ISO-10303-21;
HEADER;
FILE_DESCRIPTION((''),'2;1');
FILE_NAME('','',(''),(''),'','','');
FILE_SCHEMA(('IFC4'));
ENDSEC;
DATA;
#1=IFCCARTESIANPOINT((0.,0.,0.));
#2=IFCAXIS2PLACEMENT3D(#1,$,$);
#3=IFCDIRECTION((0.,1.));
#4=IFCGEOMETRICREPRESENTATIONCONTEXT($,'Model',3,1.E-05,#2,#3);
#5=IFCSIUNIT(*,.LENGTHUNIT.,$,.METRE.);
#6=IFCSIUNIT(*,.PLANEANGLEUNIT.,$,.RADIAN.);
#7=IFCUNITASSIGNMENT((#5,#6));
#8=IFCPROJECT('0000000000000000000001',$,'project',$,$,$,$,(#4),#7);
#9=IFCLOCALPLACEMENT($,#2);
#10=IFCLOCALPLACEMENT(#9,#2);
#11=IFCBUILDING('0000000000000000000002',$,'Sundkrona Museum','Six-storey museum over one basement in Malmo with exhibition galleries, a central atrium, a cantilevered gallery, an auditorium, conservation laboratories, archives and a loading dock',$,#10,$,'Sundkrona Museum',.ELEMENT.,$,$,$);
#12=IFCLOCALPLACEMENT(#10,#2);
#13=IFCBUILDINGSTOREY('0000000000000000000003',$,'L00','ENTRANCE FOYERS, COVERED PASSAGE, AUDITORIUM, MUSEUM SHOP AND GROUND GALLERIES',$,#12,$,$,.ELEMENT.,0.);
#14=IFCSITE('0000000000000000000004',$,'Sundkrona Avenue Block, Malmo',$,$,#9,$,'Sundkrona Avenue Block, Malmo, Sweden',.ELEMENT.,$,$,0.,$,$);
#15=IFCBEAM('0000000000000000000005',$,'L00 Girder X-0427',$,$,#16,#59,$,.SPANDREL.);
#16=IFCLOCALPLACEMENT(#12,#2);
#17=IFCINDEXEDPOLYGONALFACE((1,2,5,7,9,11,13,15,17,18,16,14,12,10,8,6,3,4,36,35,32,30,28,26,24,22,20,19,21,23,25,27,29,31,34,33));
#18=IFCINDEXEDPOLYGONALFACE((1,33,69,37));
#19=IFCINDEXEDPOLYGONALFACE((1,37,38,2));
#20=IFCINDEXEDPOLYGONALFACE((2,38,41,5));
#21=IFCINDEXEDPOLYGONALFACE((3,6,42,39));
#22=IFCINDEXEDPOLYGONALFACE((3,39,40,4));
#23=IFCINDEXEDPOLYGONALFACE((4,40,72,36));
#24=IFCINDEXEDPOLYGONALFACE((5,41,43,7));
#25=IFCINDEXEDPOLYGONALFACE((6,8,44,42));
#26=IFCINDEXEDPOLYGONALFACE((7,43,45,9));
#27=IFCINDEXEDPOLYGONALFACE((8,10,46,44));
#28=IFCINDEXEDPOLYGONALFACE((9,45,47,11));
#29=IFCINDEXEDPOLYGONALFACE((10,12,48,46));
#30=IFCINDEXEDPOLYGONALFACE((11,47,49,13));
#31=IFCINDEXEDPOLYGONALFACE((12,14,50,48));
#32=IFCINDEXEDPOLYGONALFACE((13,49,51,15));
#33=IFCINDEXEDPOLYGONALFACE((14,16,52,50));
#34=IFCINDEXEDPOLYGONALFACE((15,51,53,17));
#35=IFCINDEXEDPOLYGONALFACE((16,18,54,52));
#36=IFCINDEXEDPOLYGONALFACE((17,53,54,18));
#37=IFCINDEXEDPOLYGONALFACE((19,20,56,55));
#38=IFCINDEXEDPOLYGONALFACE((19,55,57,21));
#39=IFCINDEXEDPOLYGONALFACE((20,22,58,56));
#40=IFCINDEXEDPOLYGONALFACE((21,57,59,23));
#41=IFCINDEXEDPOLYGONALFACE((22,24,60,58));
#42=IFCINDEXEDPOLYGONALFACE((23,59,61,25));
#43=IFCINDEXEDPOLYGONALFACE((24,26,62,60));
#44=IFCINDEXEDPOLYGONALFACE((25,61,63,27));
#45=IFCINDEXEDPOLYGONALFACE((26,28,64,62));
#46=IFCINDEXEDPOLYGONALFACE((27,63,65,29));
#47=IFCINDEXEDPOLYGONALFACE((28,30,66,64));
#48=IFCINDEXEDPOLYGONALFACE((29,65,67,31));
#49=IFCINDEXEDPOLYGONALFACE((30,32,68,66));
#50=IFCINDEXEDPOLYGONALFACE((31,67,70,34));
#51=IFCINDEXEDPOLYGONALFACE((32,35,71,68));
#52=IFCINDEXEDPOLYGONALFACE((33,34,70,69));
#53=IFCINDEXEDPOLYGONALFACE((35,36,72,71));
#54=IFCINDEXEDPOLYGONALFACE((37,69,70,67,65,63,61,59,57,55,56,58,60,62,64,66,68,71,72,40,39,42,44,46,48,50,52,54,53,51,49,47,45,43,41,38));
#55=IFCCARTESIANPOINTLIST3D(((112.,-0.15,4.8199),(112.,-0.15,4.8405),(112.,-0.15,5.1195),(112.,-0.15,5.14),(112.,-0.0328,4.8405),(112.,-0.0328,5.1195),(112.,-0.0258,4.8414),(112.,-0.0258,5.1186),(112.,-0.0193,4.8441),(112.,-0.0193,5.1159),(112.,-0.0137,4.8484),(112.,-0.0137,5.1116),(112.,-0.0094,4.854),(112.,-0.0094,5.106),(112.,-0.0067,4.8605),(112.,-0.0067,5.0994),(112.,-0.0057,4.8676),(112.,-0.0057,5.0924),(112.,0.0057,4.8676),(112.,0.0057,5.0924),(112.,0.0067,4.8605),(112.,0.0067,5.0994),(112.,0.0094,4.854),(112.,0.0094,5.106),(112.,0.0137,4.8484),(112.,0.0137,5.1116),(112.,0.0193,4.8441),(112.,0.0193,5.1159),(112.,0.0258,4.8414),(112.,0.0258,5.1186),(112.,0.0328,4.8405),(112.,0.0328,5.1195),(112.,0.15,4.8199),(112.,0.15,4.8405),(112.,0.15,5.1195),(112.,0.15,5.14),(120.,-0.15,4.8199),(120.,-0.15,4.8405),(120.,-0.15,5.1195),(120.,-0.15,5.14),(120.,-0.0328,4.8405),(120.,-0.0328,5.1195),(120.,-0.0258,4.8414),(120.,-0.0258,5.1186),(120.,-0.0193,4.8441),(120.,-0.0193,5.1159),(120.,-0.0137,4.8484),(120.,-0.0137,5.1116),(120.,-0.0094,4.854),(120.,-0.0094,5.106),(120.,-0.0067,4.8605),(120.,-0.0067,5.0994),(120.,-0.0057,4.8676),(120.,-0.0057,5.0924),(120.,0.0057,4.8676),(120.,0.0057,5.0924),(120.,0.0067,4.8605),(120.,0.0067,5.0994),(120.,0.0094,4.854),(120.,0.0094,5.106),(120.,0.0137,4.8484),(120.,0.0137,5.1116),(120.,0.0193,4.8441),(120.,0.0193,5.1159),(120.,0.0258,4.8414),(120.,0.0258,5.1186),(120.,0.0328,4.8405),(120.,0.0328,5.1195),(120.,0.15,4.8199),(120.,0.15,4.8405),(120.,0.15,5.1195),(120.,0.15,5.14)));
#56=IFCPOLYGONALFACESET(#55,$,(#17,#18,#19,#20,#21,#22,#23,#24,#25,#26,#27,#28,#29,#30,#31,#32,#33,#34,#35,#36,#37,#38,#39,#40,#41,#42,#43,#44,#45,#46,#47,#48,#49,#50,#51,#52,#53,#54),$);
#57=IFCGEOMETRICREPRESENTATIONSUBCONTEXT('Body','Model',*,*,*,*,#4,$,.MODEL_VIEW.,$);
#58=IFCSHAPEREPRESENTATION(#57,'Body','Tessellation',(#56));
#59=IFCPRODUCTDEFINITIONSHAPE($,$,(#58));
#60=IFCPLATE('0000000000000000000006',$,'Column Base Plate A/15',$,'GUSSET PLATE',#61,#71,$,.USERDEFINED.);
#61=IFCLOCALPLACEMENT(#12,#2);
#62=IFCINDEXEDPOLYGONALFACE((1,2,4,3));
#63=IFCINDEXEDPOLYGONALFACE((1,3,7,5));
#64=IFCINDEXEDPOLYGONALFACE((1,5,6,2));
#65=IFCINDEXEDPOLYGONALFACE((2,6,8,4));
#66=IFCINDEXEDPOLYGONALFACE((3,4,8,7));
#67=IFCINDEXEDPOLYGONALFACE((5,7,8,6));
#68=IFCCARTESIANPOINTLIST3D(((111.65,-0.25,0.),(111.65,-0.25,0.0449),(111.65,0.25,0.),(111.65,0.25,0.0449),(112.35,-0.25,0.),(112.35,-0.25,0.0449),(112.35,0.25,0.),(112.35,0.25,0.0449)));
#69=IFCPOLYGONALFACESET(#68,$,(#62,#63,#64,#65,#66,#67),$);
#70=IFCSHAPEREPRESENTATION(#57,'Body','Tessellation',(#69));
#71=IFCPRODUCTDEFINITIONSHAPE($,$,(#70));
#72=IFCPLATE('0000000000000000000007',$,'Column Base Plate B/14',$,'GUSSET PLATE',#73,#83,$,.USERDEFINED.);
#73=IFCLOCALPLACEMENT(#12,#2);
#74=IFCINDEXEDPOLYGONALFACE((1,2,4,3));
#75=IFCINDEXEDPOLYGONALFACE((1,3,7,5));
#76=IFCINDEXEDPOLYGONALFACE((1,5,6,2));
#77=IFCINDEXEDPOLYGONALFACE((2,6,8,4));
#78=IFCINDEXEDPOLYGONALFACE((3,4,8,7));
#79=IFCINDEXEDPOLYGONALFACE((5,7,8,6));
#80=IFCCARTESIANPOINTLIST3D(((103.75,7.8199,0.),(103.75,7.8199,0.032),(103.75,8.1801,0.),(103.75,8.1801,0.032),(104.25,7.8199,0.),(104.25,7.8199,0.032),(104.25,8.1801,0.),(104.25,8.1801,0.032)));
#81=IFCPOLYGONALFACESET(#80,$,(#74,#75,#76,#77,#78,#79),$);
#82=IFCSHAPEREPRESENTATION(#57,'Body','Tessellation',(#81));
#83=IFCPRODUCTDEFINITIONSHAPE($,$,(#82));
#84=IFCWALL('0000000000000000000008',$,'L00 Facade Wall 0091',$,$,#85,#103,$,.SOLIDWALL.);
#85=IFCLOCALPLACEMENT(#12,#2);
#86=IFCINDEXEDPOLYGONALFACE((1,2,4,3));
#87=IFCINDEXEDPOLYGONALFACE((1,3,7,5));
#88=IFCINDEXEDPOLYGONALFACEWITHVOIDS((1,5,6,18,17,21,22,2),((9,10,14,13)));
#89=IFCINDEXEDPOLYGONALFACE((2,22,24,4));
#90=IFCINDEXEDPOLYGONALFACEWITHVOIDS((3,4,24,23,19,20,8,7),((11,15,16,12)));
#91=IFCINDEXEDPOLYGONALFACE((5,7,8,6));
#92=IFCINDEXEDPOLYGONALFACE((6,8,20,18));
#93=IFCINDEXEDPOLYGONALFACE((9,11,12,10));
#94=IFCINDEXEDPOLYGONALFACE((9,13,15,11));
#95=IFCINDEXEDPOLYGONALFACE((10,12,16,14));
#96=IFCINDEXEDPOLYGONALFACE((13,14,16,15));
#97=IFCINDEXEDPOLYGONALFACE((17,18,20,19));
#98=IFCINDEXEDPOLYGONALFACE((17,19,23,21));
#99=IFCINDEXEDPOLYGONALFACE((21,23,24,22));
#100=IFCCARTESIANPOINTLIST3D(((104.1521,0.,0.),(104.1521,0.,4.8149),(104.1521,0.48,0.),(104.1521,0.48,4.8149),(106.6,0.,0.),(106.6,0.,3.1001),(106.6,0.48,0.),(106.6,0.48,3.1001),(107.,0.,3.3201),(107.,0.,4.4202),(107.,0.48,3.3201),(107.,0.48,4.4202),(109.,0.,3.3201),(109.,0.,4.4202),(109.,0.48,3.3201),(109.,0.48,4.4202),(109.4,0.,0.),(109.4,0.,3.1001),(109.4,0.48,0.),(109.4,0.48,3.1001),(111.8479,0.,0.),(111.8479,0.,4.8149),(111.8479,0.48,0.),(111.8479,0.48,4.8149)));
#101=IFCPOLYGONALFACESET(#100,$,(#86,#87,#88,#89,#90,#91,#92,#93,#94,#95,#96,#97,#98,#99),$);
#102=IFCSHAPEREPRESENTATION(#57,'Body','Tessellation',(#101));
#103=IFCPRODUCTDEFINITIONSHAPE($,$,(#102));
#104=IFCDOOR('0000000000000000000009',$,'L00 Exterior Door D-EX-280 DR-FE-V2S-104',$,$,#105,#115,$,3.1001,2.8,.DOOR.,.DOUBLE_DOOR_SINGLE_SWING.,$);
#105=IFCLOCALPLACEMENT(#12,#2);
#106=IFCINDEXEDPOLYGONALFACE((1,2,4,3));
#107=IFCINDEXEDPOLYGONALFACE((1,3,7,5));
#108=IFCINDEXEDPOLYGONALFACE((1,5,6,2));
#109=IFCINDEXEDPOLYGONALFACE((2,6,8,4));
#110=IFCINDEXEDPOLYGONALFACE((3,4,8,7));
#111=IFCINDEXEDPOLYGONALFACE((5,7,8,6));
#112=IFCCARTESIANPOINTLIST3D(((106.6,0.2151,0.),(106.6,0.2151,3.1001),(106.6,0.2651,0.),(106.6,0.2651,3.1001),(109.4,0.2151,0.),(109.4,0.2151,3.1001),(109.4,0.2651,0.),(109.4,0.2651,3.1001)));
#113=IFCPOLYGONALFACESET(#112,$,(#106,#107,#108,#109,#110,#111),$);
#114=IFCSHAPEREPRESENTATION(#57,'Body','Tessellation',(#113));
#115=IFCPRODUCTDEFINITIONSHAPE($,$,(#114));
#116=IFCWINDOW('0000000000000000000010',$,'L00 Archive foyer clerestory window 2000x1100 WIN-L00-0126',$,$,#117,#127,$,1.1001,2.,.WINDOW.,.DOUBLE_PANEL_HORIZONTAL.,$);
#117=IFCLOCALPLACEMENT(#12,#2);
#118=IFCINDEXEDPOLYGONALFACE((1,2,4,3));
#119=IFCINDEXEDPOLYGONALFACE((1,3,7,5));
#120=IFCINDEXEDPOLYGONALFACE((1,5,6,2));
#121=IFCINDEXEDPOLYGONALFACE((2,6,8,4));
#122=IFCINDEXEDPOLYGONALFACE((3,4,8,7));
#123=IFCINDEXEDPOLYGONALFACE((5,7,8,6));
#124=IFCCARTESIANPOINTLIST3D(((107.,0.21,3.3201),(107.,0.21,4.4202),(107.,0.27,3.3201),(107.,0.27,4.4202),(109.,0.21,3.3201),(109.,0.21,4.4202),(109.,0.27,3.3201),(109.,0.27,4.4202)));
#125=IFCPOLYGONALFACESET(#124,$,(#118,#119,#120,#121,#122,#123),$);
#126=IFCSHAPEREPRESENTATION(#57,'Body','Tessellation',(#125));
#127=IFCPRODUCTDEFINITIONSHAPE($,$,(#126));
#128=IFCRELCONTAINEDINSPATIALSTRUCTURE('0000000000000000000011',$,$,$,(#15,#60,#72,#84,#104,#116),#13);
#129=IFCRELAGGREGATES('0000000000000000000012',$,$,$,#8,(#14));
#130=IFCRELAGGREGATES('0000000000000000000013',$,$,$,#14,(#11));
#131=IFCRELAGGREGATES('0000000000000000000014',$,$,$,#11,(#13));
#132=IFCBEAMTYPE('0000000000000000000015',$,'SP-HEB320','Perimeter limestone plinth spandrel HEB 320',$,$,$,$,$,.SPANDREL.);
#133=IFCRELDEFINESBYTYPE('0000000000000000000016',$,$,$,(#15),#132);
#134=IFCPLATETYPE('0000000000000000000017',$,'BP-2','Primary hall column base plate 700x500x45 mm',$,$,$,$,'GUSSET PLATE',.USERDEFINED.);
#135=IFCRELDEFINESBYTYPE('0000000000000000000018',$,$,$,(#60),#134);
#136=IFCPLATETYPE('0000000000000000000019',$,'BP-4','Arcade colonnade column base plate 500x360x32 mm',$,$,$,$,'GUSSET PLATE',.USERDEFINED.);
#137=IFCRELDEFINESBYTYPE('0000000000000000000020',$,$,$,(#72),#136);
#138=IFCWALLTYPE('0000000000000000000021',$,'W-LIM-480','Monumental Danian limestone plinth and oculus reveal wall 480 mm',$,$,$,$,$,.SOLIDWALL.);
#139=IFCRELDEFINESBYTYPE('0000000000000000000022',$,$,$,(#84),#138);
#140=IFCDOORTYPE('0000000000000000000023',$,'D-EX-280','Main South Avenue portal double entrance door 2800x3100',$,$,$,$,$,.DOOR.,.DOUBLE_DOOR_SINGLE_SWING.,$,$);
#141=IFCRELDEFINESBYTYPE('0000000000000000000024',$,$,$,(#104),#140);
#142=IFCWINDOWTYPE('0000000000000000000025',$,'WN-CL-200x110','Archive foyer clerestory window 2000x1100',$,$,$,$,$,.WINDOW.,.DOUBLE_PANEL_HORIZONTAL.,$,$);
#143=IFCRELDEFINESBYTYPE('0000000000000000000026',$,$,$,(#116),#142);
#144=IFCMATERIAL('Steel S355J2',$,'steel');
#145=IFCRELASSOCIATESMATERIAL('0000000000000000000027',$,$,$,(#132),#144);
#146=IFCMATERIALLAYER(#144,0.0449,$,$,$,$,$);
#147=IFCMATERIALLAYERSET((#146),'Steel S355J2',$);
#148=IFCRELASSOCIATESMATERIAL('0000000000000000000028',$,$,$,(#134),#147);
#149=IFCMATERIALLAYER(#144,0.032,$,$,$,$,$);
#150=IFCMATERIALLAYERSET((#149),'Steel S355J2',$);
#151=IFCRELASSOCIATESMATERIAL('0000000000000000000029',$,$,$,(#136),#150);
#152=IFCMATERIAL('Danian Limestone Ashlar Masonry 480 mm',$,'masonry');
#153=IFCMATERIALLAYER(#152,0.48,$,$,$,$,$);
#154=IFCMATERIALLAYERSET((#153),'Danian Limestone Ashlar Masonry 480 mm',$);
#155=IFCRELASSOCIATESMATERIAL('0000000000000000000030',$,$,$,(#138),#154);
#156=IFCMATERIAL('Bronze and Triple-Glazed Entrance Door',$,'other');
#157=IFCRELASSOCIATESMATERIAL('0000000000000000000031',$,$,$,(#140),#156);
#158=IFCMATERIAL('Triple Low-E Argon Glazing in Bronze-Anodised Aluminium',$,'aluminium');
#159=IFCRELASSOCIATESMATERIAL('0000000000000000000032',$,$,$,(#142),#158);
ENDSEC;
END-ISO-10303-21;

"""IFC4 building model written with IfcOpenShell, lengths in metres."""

from ifc_helpers import new_model, si_unit, direction, frame, frame_2d, origin, origin_2d, place, context, subcontext, project, spatial, rectangle, i_section, extrude, material, layer, layer_set, material_profile, profile_set, type_object, element, fill, save


model = new_model("IFC4")

# Units and contexts
model_context = context("Model", 3, precision=1e-05, world=origin(), true_north=direction((0.0, 1.0)))
body_context = subcontext(model_context, "Body", "Model", "MODEL_VIEW")
ifc_project = project(units=[si_unit("LENGTHUNIT", "METRE"), si_unit("PLANEANGLEUNIT", "RADIAN")], contexts=[model_context])

# Site, building, storey
site_placement = place(None, origin())
site = spatial("IfcSite", under=ifc_project, at=site_placement, Name="Sundkrona Avenue Block, Malmo", LongName="Sundkrona Avenue Block, Malmo, Sweden", CompositionType="ELEMENT", RefElevation=0.0)
building_placement = place(site_placement, origin())
building = spatial("IfcBuilding", under=site, at=building_placement, Name="Sundkrona Museum", Description="Six-storey museum over one basement in Malmo with exhibition galleries, a central atrium, a cantilevered gallery, an auditorium, conservation laboratories, archives and a loading dock", LongName="Sundkrona Museum", CompositionType="ELEMENT")
storey_placement = place(building_placement, origin())
storey = spatial("IfcBuildingStorey", under=building, at=storey_placement, Name="L00", Description="ENTRANCE FOYERS, COVERED PASSAGE, AUDITORIUM, MUSEUM SHOP AND GROUND GALLERIES", CompositionType="ELEMENT", Elevation=0.0)

# Shared definitions
ifc_material_1 = material(Name="Steel S355J2", Category="steel")

# Beam
ifc_material_profile_1 = material_profile(ifc_material_1, i_section(OverallWidth=0.3, OverallDepth=0.3201, WebThickness=0.0115, FlangeThickness=0.0205, FilletRadius=0.0271, at=origin_2d()), Name="HEB 320")
ifc_profile_set_1 = profile_set([ifc_material_profile_1], Name="Steel S355J2")
beam_type_1 = type_object("IfcBeamType", Name="SP-HEB320", Description="Perimeter limestone plinth spandrel HEB 320", PredefinedType="SPANDREL", material=ifc_profile_set_1)
for number, where, z_axis, x_axis, name in (
    (1, (112.0, 0.0, 4.98), (1.0, 0.0, 0.0), (0.0, 1.0, 0.0), "L00 Girder X-0427"),
):
    element("IfcBeam", number, at=place(storey_placement, frame(where, z_axis=z_axis, x_axis=x_axis)), inside=storey, type_object=beam_type_1, Name=name, PredefinedType="SPANDREL", context=body_context, shape_type="SweptSolid", body=[
        extrude(i_section(OverallWidth=0.3, OverallDepth=0.3201, WebThickness=0.0115, FlangeThickness=0.0205, FilletRadius=0.0271, at=origin_2d()), origin(), (0.0, 0.0, 1.0), 8.0),
    ])

# Plates
ifc_layer_1 = layer(ifc_material_1, 0.0449)
ifc_layer_set_1 = layer_set([ifc_layer_1], Name="Steel S355J2")
plate_type_1 = type_object("IfcPlateType", Name="BP-2", Description="Primary hall column base plate 700x500x45 mm", ElementType="GUSSET PLATE", PredefinedType="USERDEFINED", material=ifc_layer_set_1)
plate_1_placement = place(storey_placement, frame((112.0, 0.0, 0.0), z_axis=(0.0, 0.0, 1.0), x_axis=(1.0, 0.0, 0.0)))
element("IfcPlate", 2, at=plate_1_placement, inside=storey, type_object=plate_type_1, Name="Column Base Plate A/15", ObjectType="GUSSET PLATE", PredefinedType="USERDEFINED", context=body_context, shape_type="SweptSolid", body=[
    extrude(rectangle(XDim=0.7, YDim=0.5, at=origin_2d()), origin(), (0.0, 0.0, 1.0), 0.0449),
])
ifc_layer_2 = layer(ifc_material_1, 0.032)
ifc_layer_set_2 = layer_set([ifc_layer_2], Name="Steel S355J2")
plate_type_2 = type_object("IfcPlateType", Name="BP-4", Description="Arcade colonnade column base plate 500x360x32 mm", ElementType="GUSSET PLATE", PredefinedType="USERDEFINED", material=ifc_layer_set_2)
plate_2_placement = place(storey_placement, frame((104.0, 8.0, 0.0), z_axis=(0.0, 0.0, 1.0), x_axis=(1.0, 0.0, 0.0)))
element("IfcPlate", 3, at=plate_2_placement, inside=storey, type_object=plate_type_2, Name="Column Base Plate B/14", ObjectType="GUSSET PLATE", PredefinedType="USERDEFINED", context=body_context, shape_type="SweptSolid", body=[
    extrude(rectangle(XDim=0.5, YDim=0.3601, at=origin_2d()), origin(), (0.0, 0.0, 1.0), 0.032),
])

# Wall, openings, door, window
ifc_material_2 = material(Name="Danian Limestone Ashlar Masonry 480 mm", Category="masonry")
ifc_layer_3 = layer(ifc_material_2, 0.48)
ifc_layer_set_3 = layer_set([ifc_layer_3], Name="Danian Limestone Ashlar Masonry 480 mm")
wall_type = type_object("IfcWallType", Name="W-LIM-480", Description="Monumental Danian limestone plinth and oculus reveal wall 480 mm", PredefinedType="SOLIDWALL", material=ifc_layer_set_3)
wall_placement = place(storey_placement, frame((111.8479, 0.24, 0.0), z_axis=(0.0, 0.0, 1.0), x_axis=(-1.0, 0.0, 0.0)))
wall = element("IfcWall", 4, at=wall_placement, inside=storey, type_object=wall_type, Name="L00 Facade Wall 0091", PredefinedType="SOLIDWALL", context=body_context, shape_type="SweptSolid", body=[
    extrude(rectangle(XDim=7.6958, YDim=0.48, at=frame_2d((3.8479, 0.0))), origin(), (0.0, 0.0, 1.0), 4.8149),
])
opening_1_placement = place(wall_placement, frame((2.448, 0.0, 0.0)))
opening_1 = element("IfcOpeningElement", 5, at=opening_1_placement, cuts=wall, PredefinedType="OPENING", context=body_context, shape_type="SweptSolid", body=[
    extrude(rectangle(XDim=2.8, YDim=3.1001, at=frame_2d((1.3999, 1.55))), frame((0.0, 0.25, 0.0), z_axis=(0.0, -1.0, 0.0), x_axis=(1.0, 0.0, 0.0)), (0.0, 0.0, 1.0), 0.5),
])
opening_2_placement = place(wall_placement, frame((2.8479, 0.0, 3.3201)))
opening_2 = element("IfcOpeningElement", 6, at=opening_2_placement, cuts=wall, PredefinedType="OPENING", context=body_context, shape_type="SweptSolid", body=[
    extrude(rectangle(XDim=2.0, YDim=1.1001, at=frame_2d((1.0, 0.55))), frame((0.0, 0.25, 0.0), z_axis=(0.0, -1.0, 0.0), x_axis=(1.0, 0.0, 0.0)), (0.0, 0.0, 1.0), 0.5),
])
ifc_material_3 = material(Name="Bronze and Triple-Glazed Entrance Door", Category="other")
door_type = type_object("IfcDoorType", Name="D-EX-280", Description="Main South Avenue portal double entrance door 2800x3100", OperationType="DOUBLE_DOOR_SINGLE_SWING", PredefinedType="DOOR", material=ifc_material_3)
door_placement = place(opening_1_placement, origin())
door = element("IfcDoor", 7, at=door_placement, inside=storey, type_object=door_type, Name="L00 Exterior Door D-EX-280 DR-FE-V2S-104", OperationType="DOUBLE_DOOR_SINGLE_SWING", OverallHeight=3.1001, OverallWidth=2.8, PredefinedType="DOOR", context=body_context, shape_type="SweptSolid", body=[
    extrude(rectangle(XDim=2.8, YDim=3.1001, at=frame_2d((1.3999, 1.55))), frame((0.0, 0.0249, 0.0), z_axis=(0.0, -1.0, 0.0), x_axis=(1.0, 0.0, 0.0)), (0.0, 0.0, 1.0), 0.05),
])
fill(opening_1, door)
ifc_material_4 = material(Name="Triple Low-E Argon Glazing in Bronze-Anodised Aluminium", Category="aluminium")
window_type = type_object("IfcWindowType", Name="WN-CL-200x110", Description="Archive foyer clerestory window 2000x1100", PartitioningType="DOUBLE_PANEL_HORIZONTAL", PredefinedType="WINDOW", material=ifc_material_4)
window_placement = place(opening_2_placement, origin())
window = element("IfcWindow", 8, at=window_placement, inside=storey, type_object=window_type, Name="L00 Archive foyer clerestory window 2000x1100 WIN-L00-0126", OverallHeight=1.1001, OverallWidth=2.0, PartitioningType="DOUBLE_PANEL_HORIZONTAL", PredefinedType="WINDOW", context=body_context, shape_type="SweptSolid", body=[
    extrude(rectangle(XDim=2.0, YDim=1.1001, at=frame_2d((1.0, 0.55))), frame((0.0, 0.03, 0.0), z_axis=(0.0, -1.0, 0.0), x_axis=(1.0, 0.0, 0.0)), (0.0, 0.0, 1.0), 0.0601),
])
fill(opening_2, window)

save(model, "model.ifc")
